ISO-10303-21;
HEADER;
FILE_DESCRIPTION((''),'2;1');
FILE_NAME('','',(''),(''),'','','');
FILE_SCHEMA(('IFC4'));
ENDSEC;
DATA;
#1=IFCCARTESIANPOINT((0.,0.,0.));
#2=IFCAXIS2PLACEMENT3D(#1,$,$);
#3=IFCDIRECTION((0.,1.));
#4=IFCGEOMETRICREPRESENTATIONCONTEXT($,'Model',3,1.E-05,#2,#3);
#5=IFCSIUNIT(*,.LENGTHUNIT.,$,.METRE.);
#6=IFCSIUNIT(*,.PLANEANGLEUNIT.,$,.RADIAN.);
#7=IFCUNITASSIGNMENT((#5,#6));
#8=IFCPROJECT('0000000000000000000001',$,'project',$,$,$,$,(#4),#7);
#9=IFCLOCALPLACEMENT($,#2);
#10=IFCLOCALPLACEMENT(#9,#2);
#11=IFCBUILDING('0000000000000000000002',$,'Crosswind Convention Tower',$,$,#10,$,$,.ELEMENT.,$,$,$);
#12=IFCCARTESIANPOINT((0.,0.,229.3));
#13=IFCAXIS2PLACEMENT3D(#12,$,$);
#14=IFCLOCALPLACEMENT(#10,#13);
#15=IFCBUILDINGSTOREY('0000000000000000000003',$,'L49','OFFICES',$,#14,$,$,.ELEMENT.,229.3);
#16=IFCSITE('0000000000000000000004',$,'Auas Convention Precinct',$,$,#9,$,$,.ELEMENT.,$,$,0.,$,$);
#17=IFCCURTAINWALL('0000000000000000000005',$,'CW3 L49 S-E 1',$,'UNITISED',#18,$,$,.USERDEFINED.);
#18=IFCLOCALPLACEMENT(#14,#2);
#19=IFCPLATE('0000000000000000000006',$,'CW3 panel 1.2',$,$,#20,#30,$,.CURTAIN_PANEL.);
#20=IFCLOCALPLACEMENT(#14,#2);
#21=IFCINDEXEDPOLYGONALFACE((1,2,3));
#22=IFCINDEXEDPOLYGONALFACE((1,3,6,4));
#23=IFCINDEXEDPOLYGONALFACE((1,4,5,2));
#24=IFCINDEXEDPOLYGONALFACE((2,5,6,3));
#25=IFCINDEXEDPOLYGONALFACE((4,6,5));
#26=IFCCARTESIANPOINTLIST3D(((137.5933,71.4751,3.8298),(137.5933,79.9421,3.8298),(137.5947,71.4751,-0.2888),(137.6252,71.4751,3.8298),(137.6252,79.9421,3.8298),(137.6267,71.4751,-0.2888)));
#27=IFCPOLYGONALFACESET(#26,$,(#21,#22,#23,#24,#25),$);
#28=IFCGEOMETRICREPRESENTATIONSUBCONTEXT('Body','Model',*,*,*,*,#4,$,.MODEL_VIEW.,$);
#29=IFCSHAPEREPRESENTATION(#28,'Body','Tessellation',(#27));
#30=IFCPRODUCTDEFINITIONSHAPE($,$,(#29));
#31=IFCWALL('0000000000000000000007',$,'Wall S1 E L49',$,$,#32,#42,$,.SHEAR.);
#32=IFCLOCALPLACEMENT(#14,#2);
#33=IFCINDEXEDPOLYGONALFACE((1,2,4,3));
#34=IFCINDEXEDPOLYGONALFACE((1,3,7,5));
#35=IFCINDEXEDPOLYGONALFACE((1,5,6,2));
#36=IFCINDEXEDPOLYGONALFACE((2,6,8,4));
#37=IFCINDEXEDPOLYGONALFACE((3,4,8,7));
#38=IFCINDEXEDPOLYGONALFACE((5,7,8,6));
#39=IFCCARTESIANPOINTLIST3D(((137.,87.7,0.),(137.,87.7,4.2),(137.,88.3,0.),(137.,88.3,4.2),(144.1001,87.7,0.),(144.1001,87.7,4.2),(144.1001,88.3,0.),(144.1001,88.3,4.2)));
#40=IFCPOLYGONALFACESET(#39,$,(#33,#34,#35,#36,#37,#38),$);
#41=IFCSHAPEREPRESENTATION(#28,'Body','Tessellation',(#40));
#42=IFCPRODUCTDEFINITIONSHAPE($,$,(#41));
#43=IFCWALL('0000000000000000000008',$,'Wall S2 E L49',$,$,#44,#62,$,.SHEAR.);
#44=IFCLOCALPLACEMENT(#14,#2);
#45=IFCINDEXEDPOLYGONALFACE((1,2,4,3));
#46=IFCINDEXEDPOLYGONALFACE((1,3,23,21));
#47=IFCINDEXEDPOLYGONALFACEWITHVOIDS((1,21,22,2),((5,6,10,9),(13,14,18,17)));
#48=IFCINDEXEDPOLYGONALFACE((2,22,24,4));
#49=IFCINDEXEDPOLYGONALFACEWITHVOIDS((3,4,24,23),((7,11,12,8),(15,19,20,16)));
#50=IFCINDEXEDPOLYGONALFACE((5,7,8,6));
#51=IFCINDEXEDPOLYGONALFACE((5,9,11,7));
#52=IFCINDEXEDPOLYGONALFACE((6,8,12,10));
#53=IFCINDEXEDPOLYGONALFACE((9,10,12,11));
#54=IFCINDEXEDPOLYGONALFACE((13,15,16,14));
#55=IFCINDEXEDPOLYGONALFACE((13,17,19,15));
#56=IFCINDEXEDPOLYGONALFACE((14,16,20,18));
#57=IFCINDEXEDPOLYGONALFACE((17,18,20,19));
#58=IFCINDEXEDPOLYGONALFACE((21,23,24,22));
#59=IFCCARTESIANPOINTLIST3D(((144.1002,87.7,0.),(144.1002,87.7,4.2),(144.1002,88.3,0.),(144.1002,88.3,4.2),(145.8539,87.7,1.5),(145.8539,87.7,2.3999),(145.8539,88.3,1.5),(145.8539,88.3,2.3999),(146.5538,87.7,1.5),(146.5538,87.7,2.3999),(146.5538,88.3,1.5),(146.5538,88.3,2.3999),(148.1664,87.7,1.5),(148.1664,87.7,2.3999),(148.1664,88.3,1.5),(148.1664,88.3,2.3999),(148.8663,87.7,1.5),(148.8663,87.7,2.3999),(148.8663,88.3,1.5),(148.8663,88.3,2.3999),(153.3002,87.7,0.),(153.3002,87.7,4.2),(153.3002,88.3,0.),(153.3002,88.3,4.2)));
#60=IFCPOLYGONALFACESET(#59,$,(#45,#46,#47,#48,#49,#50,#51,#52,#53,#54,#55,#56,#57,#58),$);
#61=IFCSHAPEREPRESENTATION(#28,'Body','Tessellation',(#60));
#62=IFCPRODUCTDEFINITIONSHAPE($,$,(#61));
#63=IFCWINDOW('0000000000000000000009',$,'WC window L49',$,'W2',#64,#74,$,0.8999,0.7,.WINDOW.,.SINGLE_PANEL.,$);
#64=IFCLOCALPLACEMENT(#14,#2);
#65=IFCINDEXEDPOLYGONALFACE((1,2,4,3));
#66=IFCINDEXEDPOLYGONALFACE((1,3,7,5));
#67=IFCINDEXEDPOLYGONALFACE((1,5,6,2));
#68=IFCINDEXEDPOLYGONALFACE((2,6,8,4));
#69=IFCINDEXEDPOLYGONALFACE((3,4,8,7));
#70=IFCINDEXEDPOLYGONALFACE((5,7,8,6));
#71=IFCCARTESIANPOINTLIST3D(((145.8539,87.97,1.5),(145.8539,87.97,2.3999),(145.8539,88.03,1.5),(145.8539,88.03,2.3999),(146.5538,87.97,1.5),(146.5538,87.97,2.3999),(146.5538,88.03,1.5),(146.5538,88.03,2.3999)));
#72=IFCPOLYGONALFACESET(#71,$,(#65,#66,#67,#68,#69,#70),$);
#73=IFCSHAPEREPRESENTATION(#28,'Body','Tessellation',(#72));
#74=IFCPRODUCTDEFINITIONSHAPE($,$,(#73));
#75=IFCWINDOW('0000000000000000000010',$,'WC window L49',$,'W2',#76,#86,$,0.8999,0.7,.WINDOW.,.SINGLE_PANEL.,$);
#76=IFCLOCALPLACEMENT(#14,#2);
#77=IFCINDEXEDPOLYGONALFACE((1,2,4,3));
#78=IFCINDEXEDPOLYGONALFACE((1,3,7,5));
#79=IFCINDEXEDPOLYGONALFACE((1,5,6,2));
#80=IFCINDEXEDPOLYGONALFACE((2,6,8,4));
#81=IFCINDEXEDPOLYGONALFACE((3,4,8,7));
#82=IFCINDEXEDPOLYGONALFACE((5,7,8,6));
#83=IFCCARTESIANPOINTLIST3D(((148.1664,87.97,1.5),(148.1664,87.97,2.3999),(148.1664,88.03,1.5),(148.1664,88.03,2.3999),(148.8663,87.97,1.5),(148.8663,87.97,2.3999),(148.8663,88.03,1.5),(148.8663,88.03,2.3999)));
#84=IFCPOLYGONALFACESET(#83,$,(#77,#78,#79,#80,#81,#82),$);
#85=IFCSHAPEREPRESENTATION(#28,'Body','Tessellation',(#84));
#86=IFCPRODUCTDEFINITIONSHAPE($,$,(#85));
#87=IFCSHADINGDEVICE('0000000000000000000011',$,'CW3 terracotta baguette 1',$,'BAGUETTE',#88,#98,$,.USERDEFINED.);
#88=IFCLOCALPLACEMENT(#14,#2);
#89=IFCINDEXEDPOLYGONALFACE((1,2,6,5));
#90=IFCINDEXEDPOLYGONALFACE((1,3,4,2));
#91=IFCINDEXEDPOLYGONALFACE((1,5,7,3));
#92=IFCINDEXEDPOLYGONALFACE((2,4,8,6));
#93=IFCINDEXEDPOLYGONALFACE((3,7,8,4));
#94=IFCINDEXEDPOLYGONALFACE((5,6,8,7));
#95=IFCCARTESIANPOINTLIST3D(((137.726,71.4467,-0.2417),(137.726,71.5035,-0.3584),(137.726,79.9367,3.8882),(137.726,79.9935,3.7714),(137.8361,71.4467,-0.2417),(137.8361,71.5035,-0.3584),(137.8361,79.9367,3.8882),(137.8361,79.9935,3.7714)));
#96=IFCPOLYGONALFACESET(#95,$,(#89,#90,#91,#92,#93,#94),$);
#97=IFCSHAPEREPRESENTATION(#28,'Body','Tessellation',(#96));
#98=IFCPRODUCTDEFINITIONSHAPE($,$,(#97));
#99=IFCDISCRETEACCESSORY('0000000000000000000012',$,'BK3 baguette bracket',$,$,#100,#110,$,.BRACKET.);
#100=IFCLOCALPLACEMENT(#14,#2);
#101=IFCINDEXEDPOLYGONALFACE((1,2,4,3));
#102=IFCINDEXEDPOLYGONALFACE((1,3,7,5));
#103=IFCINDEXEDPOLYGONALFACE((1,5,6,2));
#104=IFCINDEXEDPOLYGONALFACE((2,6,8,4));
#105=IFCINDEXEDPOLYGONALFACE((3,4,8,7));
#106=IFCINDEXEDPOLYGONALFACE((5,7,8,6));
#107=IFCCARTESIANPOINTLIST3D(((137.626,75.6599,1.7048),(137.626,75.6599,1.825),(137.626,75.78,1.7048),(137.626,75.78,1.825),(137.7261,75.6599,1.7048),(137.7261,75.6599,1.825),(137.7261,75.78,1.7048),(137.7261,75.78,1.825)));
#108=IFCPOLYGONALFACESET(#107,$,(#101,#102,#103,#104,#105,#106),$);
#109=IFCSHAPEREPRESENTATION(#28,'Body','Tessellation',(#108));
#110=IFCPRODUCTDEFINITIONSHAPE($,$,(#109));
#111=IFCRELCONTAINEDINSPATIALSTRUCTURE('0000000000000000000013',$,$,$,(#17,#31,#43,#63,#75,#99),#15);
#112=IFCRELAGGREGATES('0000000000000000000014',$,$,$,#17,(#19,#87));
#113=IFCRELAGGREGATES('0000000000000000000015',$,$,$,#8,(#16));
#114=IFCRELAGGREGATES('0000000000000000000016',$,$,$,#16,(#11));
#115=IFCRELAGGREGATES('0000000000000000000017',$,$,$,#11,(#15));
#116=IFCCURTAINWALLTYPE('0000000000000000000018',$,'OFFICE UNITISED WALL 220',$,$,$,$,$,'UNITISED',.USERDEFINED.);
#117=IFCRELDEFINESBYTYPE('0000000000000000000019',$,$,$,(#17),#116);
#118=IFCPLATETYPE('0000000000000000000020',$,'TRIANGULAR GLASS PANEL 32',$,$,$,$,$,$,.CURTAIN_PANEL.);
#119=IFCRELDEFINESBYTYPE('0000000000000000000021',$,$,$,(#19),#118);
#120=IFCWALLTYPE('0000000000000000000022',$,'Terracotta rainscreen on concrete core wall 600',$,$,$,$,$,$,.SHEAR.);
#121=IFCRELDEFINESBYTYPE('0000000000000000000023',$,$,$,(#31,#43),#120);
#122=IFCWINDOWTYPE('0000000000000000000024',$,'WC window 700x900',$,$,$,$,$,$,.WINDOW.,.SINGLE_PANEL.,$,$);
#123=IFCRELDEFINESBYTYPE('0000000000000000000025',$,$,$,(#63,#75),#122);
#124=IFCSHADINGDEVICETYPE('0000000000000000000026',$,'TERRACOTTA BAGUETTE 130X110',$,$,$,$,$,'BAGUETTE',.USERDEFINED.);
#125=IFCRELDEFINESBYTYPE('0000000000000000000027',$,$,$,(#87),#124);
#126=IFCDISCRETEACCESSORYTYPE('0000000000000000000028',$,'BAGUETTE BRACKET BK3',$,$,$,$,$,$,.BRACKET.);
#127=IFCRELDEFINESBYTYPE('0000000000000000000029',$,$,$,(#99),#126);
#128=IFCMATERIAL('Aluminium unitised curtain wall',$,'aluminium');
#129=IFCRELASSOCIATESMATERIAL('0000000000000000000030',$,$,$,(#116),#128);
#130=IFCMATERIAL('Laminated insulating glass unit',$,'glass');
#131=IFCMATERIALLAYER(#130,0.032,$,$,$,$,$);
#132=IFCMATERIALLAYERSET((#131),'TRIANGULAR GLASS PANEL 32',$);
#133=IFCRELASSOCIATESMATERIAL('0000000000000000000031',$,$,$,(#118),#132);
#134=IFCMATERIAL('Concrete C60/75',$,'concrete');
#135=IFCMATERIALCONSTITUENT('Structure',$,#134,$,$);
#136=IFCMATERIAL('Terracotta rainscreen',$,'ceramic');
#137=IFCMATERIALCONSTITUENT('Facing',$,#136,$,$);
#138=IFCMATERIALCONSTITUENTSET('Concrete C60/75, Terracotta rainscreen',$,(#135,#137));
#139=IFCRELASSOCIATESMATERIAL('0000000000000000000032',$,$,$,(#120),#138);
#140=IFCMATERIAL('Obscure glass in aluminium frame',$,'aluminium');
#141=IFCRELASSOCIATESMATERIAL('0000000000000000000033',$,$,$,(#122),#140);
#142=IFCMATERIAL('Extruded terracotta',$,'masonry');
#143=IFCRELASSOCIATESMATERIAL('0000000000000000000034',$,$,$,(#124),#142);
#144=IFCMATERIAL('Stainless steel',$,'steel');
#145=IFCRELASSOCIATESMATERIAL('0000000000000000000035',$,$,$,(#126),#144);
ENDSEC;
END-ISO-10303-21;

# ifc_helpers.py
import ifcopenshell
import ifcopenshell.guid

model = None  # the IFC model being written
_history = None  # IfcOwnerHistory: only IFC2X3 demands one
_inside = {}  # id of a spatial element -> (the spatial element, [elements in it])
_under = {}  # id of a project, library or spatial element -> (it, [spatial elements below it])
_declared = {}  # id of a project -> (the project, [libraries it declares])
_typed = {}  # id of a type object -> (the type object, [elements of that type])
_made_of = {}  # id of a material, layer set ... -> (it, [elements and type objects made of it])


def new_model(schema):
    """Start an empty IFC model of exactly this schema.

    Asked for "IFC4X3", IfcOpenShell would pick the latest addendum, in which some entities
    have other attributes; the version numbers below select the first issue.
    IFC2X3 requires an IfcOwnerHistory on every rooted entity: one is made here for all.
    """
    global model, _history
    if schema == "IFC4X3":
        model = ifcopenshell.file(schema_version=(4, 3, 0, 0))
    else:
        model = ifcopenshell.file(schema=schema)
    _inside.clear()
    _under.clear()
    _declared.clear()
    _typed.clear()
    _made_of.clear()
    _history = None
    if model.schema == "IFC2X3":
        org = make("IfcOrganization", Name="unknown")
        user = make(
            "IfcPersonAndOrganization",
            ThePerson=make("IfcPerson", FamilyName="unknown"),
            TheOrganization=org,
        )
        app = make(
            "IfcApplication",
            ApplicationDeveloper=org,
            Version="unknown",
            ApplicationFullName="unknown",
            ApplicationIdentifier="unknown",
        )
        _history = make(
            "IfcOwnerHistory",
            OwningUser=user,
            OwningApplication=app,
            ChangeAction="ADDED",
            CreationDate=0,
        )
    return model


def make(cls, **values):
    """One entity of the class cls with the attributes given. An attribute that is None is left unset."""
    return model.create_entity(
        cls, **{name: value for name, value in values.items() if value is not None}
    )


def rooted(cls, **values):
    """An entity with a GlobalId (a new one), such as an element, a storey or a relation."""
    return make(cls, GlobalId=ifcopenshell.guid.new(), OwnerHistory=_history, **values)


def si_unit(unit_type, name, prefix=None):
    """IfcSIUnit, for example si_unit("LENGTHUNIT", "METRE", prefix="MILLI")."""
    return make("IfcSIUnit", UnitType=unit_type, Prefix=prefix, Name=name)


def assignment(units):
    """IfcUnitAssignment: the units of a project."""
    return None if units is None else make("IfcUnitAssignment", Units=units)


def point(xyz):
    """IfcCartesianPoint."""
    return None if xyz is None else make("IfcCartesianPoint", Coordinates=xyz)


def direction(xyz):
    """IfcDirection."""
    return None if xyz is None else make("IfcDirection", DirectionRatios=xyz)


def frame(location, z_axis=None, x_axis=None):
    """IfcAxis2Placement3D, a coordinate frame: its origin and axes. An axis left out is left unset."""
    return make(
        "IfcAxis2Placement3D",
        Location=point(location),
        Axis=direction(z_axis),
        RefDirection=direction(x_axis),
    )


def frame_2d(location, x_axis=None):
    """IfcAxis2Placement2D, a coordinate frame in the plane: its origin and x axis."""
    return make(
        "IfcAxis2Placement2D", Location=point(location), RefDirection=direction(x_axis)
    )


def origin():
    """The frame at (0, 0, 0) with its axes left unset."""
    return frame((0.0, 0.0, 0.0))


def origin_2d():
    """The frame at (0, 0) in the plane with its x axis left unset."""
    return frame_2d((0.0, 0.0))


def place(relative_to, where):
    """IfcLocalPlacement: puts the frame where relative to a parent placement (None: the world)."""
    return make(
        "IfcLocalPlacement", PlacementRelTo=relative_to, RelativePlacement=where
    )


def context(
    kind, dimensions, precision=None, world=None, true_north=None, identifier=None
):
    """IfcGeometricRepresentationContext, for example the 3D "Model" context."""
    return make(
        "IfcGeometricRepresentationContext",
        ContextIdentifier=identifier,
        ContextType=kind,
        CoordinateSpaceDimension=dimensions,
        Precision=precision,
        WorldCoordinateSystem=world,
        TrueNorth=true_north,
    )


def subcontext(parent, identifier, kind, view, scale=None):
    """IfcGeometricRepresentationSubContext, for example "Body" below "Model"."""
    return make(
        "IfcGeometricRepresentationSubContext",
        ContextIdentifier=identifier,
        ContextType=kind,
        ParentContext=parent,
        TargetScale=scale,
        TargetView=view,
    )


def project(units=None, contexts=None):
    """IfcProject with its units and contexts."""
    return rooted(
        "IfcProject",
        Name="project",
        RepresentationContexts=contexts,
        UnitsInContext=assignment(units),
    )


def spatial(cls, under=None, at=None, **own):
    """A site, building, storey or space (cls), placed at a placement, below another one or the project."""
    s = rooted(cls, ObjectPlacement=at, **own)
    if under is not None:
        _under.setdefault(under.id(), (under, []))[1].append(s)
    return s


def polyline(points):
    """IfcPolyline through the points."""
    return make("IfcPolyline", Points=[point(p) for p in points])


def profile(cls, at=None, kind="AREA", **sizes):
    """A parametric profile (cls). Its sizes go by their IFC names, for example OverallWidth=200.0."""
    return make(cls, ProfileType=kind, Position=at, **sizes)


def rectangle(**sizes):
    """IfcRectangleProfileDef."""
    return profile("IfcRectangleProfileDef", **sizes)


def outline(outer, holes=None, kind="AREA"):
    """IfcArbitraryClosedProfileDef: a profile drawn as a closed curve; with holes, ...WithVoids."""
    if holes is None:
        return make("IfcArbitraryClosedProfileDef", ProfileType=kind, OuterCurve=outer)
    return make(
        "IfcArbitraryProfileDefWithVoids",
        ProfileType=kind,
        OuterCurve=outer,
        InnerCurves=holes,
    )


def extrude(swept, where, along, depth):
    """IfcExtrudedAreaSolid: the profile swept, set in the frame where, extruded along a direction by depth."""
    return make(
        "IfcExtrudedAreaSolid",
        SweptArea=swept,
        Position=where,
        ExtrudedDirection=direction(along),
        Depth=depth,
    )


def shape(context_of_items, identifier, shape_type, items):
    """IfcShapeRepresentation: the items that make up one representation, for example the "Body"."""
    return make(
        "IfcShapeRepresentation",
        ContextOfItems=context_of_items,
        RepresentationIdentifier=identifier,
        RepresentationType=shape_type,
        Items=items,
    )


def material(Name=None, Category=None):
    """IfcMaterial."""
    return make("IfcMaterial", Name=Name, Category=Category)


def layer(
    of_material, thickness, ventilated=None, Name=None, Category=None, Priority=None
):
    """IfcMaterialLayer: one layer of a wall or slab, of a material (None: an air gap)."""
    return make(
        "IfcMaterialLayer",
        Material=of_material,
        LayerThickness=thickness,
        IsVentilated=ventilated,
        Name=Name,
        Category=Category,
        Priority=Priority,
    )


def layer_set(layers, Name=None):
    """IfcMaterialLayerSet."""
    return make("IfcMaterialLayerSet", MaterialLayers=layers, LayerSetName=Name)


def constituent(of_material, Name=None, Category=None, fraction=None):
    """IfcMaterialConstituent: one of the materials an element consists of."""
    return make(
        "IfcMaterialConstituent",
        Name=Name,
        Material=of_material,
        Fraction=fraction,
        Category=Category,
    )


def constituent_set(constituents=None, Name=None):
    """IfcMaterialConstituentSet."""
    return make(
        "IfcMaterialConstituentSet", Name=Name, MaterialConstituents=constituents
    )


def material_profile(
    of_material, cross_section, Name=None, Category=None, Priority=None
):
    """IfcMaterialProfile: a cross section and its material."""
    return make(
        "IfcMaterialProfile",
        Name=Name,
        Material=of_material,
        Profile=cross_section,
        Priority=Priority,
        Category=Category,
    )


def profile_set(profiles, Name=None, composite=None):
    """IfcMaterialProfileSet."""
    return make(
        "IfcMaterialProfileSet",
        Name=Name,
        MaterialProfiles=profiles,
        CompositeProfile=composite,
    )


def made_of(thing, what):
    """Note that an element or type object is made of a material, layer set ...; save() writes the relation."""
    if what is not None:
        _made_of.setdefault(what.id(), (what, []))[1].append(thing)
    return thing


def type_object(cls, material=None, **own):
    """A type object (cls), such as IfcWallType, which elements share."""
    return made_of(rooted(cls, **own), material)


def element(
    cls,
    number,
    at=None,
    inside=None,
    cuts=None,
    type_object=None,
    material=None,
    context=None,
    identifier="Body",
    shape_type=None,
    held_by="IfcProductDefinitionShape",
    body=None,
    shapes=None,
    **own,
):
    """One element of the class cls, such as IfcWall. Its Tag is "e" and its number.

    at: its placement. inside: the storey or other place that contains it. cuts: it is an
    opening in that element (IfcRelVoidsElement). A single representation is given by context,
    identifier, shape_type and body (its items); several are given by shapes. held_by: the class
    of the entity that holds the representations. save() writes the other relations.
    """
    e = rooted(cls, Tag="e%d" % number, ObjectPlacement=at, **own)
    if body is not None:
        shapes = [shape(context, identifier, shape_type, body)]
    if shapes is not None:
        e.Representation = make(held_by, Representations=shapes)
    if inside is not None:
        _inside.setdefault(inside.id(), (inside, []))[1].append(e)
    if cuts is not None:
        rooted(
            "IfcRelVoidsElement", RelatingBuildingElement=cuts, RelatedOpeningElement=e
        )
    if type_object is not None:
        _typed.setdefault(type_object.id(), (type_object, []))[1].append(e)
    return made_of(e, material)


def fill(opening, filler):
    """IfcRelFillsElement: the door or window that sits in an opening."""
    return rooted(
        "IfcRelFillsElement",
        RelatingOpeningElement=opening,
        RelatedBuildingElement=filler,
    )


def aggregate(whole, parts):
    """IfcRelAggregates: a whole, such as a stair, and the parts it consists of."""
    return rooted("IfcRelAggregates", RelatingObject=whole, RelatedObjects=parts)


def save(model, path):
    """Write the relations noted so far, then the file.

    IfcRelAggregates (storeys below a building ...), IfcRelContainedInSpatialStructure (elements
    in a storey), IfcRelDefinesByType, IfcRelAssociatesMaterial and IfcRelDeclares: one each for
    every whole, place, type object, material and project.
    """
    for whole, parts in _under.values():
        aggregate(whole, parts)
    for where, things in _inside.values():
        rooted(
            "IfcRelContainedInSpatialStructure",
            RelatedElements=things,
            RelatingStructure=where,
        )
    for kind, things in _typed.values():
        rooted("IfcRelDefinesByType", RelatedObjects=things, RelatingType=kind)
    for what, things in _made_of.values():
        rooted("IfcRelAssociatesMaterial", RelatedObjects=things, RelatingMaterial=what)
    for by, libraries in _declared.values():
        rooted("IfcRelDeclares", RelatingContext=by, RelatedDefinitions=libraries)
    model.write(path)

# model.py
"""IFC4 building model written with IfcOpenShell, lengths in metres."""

from ifc_helpers import new_model, si_unit, direction, frame, frame_2d, origin, origin_2d, place, context, subcontext, project, spatial, polyline, rectangle, outline, extrude, material, layer, layer_set, constituent, constituent_set, material_profile, profile_set, type_object, element, fill, aggregate, save


model = new_model("IFC4")

# Units and contexts
model_context = context("Model", 3, precision=1e-05, world=origin(), true_north=direction((0.0, 1.0)))
body_context = subcontext(model_context, "Body", "Model", "MODEL_VIEW")
ifc_project = project(units=[si_unit("LENGTHUNIT", "METRE"), si_unit("PLANEANGLEUNIT", "RADIAN")], contexts=[model_context])

# Site, building, storey
site_placement = place(None, origin())
site = spatial("IfcSite", under=ifc_project, at=site_placement, Name="Auas Convention Precinct", CompositionType="ELEMENT", RefElevation=0.0)
building_placement = place(site_placement, origin())
building = spatial("IfcBuilding", under=site, at=building_placement, Name="Crosswind Convention Tower", CompositionType="ELEMENT")
storey_placement = place(building_placement, frame((0.0, 0.0, 229.3)))
storey = spatial("IfcBuildingStorey", under=building, at=storey_placement, Name="L49", Description="OFFICES", CompositionType="ELEMENT", Elevation=229.3)

# Shared definitions
ifc_material_1 = material(Name="Concrete C60/75", Category="concrete")

# Shared definitions
ifc_material_2 = material(Name="Aluminium unitised curtain wall", Category="aluminium")

# Curtain wall
curtain_wall_type_1 = type_object("IfcCurtainWallType", Name="OFFICE UNITISED WALL 220", ElementType="UNITISED", PredefinedType="USERDEFINED", material=ifc_material_2)
curtain_wall_1_placement = place(storey_placement, origin())
curtain_wall_1 = element("IfcCurtainWall", 1, at=curtain_wall_1_placement, inside=storey, type_object=curtain_wall_type_1, Name="CW3 L49 S-E 1", ObjectType="UNITISED", PredefinedType="USERDEFINED")

# Plate
ifc_material_3 = material(Name="Laminated insulating glass unit", Category="glass")
ifc_layer_1 = layer(ifc_material_3, 0.032)
ifc_layer_set_1 = layer_set([ifc_layer_1], Name="TRIANGULAR GLASS PANEL 32")
plate_type_1 = type_object("IfcPlateType", Name="TRIANGULAR GLASS PANEL 32", PredefinedType="CURTAIN_PANEL", material=ifc_layer_set_1)
plate_1_placement = place(storey_placement, frame((137.6252, 71.4751, 3.8298), z_axis=(1.0, 0.0, 0.000356), x_axis=(0.000356, 0.0, -1.0)))
plate_1 = element("IfcPlate", 2, at=plate_1_placement, type_object=plate_type_1, Name="CW3 panel 1.2", PredefinedType="CURTAIN_PANEL", context=body_context, shape_type="SweptSolid", body=[
    extrude(outline(polyline([(0.0, 0.0), (4.1187, 0.0), (0.0, 8.467), (0.0, 0.0)])), origin(), (0.0, 0.0, -1.0), 0.032),
])

# Wall
ifc_constituent_1 = constituent(ifc_material_1, Name="Structure")
ifc_material_4 = material(Name="Terracotta rainscreen", Category="ceramic")
ifc_constituent_2 = constituent(ifc_material_4, Name="Facing")
ifc_constituent_set = constituent_set(constituents=[ifc_constituent_1, ifc_constituent_2], Name="Concrete C60/75, Terracotta rainscreen")
wall_type = type_object("IfcWallType", Name="Terracotta rainscreen on concrete core wall 600", PredefinedType="SHEAR", material=ifc_constituent_set)
wall_1_placement = place(storey_placement, frame((137.0, 88.0, 0.0), z_axis=(0.0, 0.0, 1.0), x_axis=(1.0, 0.0, 0.0)))
element("IfcWall", 3, at=wall_1_placement, inside=storey, type_object=wall_type, Name="Wall S1 E L49", PredefinedType="SHEAR", context=body_context, shape_type="SweptSolid", body=[
    extrude(rectangle(XDim=7.1001, YDim=0.6001, at=frame_2d((3.55, 0.0))), origin(), (0.0, 0.0, 1.0), 4.2),
])

# Wall, openings, windows
wall_2_placement = place(storey_placement, frame((144.1001, 88.0, 0.0), z_axis=(0.0, 0.0, 1.0), x_axis=(1.0, 0.0, 0.0)))
wall_2 = element("IfcWall", 4, at=wall_2_placement, inside=storey, type_object=wall_type, Name="Wall S2 E L49", PredefinedType="SHEAR", context=body_context, shape_type="SweptSolid", body=[
    extrude(rectangle(XDim=9.2, YDim=0.6001, at=frame_2d((4.6001, 0.0))), origin(), (0.0, 0.0, 1.0), 4.2),
])
opening_1_placement = place(wall_2_placement, frame((1.7537, 0.0, 1.5)))
opening_1 = element("IfcOpeningElement", 5, at=opening_1_placement, cuts=wall_2, PredefinedType="OPENING", context=body_context, shape_type="SweptSolid", body=[
    extrude(rectangle(XDim=0.7, YDim=0.8999, at=frame_2d((0.3501, 0.45))), frame((0.0, 0.3101, 0.0), z_axis=(0.0, -1.0, 0.0), x_axis=(1.0, 0.0, 0.0)), (0.0, 0.0, 1.0), 0.6201),
])
opening_2_placement = place(wall_2_placement, frame((4.0662, 0.0, 1.5)))
opening_2 = element("IfcOpeningElement", 6, at=opening_2_placement, cuts=wall_2, PredefinedType="OPENING", context=body_context, shape_type="SweptSolid", body=[
    extrude(rectangle(XDim=0.7, YDim=0.8999, at=frame_2d((0.3501, 0.45))), frame((0.0, 0.3101, 0.0), z_axis=(0.0, -1.0, 0.0), x_axis=(1.0, 0.0, 0.0)), (0.0, 0.0, 1.0), 0.6201),
])
ifc_material_5 = material(Name="Obscure glass in aluminium frame", Category="aluminium")
window_type = type_object("IfcWindowType", Name="WC window 700x900", PartitioningType="SINGLE_PANEL", PredefinedType="WINDOW", material=ifc_material_5)
window_1_placement = place(opening_1_placement, origin())
window_1 = element("IfcWindow", 7, at=window_1_placement, inside=storey, type_object=window_type, Name="WC window L49", ObjectType="W2", OverallHeight=0.8999, OverallWidth=0.7, PartitioningType="SINGLE_PANEL", PredefinedType="WINDOW", context=body_context, shape_type="SweptSolid", body=[
    extrude(rectangle(XDim=0.7, YDim=0.8999, at=frame_2d((0.3501, 0.45))), frame((0.0, 0.03, 0.0), z_axis=(0.0, -1.0, 0.0), x_axis=(1.0, 0.0, 0.0)), (0.0, 0.0, 1.0), 0.0601),
])
fill(opening_1, window_1)
window_2_placement = place(opening_2_placement, origin())
window_2 = element("IfcWindow", 8, at=window_2_placement, inside=storey, type_object=window_type, Name="WC window L49", ObjectType="W2", OverallHeight=0.8999, OverallWidth=0.7, PartitioningType="SINGLE_PANEL", PredefinedType="WINDOW", context=body_context, shape_type="SweptSolid", body=[
    extrude(rectangle(XDim=0.7, YDim=0.8999, at=frame_2d((0.3501, 0.45))), frame((0.0, 0.03, 0.0), z_axis=(0.0, -1.0, 0.0), x_axis=(1.0, 0.0, 0.0)), (0.0, 0.0, 1.0), 0.0601),
])
fill(opening_2, window_2)

# Shading device
ifc_material_6 = material(Name="Extruded terracotta", Category="masonry")
ifc_material_profile_1 = material_profile(ifc_material_6, rectangle(XDim=0.1101, YDim=0.1299, at=origin_2d()), Name="TC 110X130")
ifc_profile_set_1 = profile_set([ifc_material_profile_1], Name="Extruded terracotta")
shading_device_type = type_object("IfcShadingDeviceType", Name="TERRACOTTA BAGUETTE 130X110", ElementType="BAGUETTE", PredefinedType="USERDEFINED", material=ifc_profile_set_1)
shading_device_placement = place(storey_placement, frame((137.781, 71.4751, -0.3), z_axis=(0.0, 0.899251, 0.437433), x_axis=(-1.0, 0.0, 0.0)))
shading_device = element("IfcShadingDevice", 9, at=shading_device_placement, type_object=shading_device_type, Name="CW3 terracotta baguette 1", ObjectType="BAGUETTE", PredefinedType="USERDEFINED", context=body_context, shape_type="SweptSolid", body=[
    extrude(rectangle(XDim=0.1101, YDim=0.1299, at=origin_2d()), origin(), (0.0, 0.0, 1.0), 9.4412),
])
aggregate(curtain_wall_1, [plate_1, shading_device])

# Discrete accessory
ifc_material_7 = material(Name="Stainless steel", Category="steel")
discrete_accessory_type = type_object("IfcDiscreteAccessoryType", Name="BAGUETTE BRACKET BK3", PredefinedType="BRACKET", material=ifc_material_7)
discrete_accessory_placement = place(storey_placement, frame((137.676, 75.72, 1.7048), z_axis=(0.0, 0.0, 1.0), x_axis=(0.0, 1.0, 0.0)))
element("IfcDiscreteAccessory", 10, at=discrete_accessory_placement, inside=storey, type_object=discrete_accessory_type, Name="BK3 baguette bracket", PredefinedType="BRACKET", context=body_context, shape_type="SweptSolid", body=[
    extrude(rectangle(XDim=0.1201, YDim=0.1001, at=origin_2d()), origin(), (0.0, 0.0, 1.0), 0.1201),
])

save(model, "model.ifc")
